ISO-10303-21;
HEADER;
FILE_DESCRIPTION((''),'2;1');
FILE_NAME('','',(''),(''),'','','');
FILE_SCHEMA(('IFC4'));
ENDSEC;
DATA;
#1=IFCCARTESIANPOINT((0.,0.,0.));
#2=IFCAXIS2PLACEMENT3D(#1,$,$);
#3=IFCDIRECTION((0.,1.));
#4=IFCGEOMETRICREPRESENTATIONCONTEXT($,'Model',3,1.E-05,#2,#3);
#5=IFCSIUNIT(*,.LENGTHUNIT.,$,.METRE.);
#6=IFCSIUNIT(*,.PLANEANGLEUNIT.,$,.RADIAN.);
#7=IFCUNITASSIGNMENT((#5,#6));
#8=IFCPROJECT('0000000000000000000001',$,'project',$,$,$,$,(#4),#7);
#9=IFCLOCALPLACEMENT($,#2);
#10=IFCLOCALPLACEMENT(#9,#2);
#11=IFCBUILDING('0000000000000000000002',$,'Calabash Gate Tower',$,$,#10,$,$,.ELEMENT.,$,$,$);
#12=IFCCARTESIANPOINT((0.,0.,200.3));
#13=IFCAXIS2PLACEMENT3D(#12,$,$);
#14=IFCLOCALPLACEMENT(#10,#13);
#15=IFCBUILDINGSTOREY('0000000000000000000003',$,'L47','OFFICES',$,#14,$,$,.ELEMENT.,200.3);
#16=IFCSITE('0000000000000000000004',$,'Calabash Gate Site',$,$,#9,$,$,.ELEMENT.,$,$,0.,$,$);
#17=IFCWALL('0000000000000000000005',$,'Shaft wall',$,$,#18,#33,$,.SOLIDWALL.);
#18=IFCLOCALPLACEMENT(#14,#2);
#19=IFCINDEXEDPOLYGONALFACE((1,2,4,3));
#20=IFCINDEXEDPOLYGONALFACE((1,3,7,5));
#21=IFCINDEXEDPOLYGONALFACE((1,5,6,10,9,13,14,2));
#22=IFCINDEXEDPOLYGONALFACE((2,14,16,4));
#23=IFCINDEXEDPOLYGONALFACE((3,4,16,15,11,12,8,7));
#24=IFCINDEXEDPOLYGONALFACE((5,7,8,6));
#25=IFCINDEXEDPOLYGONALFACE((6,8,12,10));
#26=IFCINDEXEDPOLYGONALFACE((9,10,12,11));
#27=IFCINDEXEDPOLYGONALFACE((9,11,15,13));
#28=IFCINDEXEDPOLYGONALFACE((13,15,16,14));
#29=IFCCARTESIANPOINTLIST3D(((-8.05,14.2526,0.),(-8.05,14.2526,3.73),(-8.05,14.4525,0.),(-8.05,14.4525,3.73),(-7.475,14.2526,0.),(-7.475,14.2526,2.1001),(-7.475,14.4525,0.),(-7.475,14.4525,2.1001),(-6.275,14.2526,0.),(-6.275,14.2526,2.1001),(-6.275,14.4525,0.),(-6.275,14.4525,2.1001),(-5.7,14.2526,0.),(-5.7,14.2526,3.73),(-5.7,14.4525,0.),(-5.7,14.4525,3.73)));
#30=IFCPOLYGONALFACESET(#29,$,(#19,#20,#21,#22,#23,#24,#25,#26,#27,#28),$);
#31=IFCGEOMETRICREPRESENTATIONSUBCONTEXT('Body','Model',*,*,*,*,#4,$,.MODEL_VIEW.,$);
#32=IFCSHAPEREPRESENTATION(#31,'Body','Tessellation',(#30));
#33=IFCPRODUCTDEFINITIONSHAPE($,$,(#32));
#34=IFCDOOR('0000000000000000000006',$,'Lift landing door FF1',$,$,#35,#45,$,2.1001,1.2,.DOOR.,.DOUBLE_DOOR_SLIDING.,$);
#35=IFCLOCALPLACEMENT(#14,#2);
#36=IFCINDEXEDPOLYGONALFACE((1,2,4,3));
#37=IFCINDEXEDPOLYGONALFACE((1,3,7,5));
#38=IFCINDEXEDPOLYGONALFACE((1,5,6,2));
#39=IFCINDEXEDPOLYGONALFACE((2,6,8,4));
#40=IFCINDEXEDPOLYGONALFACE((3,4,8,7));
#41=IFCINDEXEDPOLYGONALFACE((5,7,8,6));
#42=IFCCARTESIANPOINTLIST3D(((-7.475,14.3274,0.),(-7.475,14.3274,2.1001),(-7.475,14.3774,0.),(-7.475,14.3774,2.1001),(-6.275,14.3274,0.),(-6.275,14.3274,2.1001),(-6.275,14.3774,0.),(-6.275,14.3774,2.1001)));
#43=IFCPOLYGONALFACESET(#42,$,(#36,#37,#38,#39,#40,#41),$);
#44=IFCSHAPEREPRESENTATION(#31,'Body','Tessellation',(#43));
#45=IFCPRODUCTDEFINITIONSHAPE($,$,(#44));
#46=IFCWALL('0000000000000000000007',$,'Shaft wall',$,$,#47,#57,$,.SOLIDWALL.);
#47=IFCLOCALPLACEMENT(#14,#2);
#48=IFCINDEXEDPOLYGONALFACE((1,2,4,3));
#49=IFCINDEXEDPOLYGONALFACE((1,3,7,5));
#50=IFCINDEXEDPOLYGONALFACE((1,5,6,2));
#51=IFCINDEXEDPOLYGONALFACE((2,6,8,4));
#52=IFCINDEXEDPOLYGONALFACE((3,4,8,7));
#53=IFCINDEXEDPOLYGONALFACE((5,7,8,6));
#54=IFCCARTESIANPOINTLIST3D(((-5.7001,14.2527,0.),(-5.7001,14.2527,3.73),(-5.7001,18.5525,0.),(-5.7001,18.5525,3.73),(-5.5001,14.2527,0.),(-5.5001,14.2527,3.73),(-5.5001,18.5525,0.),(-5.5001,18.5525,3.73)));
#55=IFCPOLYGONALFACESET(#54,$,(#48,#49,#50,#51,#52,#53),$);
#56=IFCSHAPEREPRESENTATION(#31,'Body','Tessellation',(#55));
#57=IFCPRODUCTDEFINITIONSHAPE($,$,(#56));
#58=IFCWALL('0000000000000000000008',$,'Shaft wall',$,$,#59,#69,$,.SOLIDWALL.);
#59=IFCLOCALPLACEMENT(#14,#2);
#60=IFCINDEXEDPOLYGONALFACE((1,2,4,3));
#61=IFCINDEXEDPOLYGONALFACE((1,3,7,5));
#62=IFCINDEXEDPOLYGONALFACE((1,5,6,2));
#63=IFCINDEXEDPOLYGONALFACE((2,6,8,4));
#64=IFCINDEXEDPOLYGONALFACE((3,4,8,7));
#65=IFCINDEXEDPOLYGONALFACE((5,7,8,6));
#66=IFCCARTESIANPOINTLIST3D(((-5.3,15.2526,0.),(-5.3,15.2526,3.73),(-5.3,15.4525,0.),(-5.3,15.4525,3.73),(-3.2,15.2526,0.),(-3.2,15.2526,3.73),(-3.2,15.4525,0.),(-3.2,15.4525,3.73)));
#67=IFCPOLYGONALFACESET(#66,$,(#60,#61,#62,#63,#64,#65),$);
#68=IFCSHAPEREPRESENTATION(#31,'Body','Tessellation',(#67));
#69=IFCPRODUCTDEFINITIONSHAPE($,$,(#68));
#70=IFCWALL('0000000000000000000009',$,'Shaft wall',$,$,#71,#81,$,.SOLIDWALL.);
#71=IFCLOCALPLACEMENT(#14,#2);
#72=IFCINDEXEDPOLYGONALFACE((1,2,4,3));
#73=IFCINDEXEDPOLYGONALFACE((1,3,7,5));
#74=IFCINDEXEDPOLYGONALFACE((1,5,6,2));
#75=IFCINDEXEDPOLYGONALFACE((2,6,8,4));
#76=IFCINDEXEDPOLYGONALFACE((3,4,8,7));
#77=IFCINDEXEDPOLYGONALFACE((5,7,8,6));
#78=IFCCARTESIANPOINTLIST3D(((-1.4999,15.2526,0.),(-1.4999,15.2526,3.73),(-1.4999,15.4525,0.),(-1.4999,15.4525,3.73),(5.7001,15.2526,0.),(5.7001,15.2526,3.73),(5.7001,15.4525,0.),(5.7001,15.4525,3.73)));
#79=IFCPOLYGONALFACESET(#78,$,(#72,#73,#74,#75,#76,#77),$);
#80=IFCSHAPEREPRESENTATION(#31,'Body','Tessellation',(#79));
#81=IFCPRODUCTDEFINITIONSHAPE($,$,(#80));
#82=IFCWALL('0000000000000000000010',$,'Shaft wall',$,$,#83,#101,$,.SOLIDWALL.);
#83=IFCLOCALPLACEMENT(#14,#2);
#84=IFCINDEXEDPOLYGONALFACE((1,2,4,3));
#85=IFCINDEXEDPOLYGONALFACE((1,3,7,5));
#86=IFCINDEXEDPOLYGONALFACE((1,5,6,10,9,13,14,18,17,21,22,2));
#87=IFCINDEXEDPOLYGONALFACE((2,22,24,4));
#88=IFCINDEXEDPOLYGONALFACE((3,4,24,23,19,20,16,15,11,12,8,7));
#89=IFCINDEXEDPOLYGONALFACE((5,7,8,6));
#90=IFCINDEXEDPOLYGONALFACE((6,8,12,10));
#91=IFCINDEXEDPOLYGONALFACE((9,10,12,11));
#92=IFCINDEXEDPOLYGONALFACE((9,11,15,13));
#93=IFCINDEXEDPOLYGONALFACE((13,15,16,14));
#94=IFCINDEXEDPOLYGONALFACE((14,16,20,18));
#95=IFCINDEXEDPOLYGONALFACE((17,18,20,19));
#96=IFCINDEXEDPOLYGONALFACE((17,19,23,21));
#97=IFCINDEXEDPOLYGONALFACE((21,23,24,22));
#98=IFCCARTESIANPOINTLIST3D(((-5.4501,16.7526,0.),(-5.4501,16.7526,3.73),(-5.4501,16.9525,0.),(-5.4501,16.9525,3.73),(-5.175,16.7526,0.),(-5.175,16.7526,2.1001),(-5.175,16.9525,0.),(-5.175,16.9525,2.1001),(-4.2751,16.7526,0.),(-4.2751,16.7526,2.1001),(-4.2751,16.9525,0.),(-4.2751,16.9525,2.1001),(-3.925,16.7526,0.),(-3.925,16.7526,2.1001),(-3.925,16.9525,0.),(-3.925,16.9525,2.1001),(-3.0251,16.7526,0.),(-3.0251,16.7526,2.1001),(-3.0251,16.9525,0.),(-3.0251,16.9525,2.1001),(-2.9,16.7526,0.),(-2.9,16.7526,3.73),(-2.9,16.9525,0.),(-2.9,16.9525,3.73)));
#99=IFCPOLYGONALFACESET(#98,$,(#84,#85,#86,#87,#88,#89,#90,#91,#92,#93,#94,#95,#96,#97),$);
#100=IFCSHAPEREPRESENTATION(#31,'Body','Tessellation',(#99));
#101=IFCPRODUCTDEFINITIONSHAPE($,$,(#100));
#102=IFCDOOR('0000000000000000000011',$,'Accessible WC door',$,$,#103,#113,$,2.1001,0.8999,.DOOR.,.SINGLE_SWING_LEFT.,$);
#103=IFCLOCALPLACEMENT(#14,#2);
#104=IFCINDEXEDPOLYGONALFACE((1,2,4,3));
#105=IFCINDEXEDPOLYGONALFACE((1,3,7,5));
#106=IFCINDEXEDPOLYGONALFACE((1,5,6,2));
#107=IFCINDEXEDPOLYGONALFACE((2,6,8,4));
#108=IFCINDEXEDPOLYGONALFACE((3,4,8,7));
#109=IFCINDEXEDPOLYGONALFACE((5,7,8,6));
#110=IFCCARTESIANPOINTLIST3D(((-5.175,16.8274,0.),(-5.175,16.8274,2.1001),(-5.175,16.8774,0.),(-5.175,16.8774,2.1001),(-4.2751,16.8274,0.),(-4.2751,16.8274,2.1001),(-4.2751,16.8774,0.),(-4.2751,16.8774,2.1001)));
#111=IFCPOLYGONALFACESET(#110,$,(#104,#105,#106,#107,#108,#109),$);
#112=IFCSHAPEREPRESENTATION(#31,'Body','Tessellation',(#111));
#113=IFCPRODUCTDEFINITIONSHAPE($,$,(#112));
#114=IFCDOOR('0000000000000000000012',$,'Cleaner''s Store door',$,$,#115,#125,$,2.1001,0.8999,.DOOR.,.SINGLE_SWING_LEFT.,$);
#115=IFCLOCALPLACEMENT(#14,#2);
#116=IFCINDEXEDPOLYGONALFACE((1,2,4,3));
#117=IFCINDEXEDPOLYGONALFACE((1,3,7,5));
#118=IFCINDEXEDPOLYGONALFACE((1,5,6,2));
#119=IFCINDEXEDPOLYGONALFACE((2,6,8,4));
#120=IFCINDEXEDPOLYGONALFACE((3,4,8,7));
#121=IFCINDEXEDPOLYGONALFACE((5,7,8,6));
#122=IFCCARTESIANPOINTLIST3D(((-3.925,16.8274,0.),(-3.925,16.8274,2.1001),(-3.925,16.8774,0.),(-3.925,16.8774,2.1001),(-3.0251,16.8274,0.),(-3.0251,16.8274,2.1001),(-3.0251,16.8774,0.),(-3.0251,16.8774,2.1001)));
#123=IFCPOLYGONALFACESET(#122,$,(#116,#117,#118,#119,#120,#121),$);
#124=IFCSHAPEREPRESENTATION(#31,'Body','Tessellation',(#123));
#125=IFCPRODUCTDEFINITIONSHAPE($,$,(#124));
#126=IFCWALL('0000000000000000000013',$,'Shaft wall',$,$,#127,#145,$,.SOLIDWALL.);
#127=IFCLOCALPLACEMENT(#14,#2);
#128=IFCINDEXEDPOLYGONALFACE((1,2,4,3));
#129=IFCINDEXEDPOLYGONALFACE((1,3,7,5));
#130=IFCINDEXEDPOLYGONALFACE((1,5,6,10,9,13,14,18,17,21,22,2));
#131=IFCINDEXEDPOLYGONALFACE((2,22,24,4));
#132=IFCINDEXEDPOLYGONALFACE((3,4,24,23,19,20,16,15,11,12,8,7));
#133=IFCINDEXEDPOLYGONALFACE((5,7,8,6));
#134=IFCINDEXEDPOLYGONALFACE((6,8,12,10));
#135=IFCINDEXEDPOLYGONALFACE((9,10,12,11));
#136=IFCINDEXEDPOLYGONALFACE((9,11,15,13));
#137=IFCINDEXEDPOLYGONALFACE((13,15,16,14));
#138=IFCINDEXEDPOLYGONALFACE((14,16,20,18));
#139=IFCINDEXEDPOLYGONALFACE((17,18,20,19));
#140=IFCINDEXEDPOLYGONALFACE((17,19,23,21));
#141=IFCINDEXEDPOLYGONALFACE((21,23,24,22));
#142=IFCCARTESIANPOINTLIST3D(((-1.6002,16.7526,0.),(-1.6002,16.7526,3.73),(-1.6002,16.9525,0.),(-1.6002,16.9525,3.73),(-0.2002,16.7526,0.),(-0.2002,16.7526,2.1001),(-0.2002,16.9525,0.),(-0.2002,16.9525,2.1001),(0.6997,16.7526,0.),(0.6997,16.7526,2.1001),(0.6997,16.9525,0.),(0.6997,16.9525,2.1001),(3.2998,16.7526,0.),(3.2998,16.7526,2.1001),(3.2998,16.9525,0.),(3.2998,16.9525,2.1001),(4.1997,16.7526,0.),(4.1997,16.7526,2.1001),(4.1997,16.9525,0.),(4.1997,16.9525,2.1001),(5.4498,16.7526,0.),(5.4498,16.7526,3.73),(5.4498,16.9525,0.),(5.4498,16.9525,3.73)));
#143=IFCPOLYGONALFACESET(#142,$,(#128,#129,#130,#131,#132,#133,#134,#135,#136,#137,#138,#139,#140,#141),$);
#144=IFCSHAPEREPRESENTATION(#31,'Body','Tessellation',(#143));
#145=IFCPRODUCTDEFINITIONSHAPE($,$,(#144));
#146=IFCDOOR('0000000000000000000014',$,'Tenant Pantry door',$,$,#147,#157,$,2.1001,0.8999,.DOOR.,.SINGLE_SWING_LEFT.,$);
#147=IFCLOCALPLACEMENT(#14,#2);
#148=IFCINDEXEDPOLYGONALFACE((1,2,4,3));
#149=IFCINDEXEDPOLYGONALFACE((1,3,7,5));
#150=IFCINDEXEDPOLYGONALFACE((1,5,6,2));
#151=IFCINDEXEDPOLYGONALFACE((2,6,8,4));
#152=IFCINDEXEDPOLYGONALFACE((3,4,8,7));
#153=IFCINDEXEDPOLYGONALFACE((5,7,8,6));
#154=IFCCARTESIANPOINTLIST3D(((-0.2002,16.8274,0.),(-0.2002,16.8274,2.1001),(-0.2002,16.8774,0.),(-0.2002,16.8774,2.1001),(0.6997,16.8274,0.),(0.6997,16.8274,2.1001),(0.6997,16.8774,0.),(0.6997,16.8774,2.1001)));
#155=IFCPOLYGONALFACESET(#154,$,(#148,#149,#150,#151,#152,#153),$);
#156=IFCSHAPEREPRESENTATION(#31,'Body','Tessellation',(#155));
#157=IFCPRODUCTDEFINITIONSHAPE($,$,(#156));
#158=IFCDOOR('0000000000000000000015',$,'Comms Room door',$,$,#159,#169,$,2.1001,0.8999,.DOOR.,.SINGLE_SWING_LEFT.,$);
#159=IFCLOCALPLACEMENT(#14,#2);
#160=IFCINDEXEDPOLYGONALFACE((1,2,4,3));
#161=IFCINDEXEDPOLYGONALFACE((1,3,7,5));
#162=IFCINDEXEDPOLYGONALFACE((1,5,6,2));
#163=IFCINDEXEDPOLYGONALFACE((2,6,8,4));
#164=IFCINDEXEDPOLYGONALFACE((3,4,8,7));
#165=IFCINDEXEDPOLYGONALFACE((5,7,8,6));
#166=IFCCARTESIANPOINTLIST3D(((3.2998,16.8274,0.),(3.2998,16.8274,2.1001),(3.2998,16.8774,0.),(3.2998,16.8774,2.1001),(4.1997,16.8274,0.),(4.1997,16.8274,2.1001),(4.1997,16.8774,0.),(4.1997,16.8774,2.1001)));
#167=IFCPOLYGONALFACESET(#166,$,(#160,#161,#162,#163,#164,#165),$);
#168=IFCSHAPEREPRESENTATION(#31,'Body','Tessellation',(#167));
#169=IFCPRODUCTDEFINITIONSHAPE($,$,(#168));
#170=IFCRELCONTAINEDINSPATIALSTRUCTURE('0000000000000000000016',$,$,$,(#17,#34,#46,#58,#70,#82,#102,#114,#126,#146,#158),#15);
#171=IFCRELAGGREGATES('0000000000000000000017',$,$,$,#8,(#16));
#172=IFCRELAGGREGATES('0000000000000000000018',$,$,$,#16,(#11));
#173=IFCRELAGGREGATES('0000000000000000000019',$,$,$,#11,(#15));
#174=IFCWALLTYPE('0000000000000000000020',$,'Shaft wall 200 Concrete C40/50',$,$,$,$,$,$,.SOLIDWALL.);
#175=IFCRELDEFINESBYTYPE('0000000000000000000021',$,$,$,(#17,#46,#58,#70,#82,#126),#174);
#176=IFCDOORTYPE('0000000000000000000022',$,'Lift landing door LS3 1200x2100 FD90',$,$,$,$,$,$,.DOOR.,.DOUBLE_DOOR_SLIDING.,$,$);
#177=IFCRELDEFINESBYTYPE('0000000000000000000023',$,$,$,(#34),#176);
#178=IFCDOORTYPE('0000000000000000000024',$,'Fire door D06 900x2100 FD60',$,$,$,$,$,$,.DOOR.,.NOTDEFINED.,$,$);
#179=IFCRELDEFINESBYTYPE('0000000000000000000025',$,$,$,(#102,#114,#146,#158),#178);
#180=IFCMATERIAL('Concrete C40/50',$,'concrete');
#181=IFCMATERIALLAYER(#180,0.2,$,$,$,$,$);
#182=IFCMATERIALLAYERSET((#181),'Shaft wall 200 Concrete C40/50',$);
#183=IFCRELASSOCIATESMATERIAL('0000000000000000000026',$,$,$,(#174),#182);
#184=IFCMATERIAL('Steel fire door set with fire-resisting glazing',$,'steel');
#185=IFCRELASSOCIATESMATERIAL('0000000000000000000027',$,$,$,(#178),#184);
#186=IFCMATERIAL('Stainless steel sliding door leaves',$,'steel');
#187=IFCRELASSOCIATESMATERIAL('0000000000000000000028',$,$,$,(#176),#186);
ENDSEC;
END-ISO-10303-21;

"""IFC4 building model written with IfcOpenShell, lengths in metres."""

from ifc_helpers import new_model, si_unit, direction, frame, frame_2d, origin, place, context, subcontext, project, spatial, rectangle, extrude, material, layer, layer_set, type_object, element, fill, save


model = new_model("IFC4")

# Units and contexts
model_context = context("Model", 3, precision=1e-05, world=origin(), true_north=direction((0.0, 1.0)))
body_context = subcontext(model_context, "Body", "Model", "MODEL_VIEW")
ifc_project = project(units=[si_unit("LENGTHUNIT", "METRE"), si_unit("PLANEANGLEUNIT", "RADIAN")], contexts=[model_context])

# Site, building, storey
site_placement = place(None, origin())
site = spatial("IfcSite", under=ifc_project, at=site_placement, Name="Calabash Gate Site", CompositionType="ELEMENT", RefElevation=0.0)
building_placement = place(site_placement, origin())
building = spatial("IfcBuilding", under=site, at=building_placement, Name="Calabash Gate Tower", CompositionType="ELEMENT")
storey_placement = place(building_placement, frame((0.0, 0.0, 200.3)))
storey = spatial("IfcBuildingStorey", under=building, at=storey_placement, Name="L47", Description="OFFICES", CompositionType="ELEMENT", Elevation=200.3)

# Shared definitions
ifc_material_1 = material(Name="Concrete C40/50", Category="concrete")
ifc_layer_1 = layer(ifc_material_1, 0.2)
ifc_layer_set_1 = layer_set([ifc_layer_1], Name="Shaft wall 200 Concrete C40/50")
wall_type_1 = type_object("IfcWallType", Name="Shaft wall 200 Concrete C40/50", PredefinedType="SOLIDWALL", material=ifc_layer_set_1)
ifc_material_2 = material(Name="Steel fire door set with fire-resisting glazing", Category="steel")
door_type_1 = type_object("IfcDoorType", Name="Fire door D06 900x2100 FD60", OperationType="NOTDEFINED", PredefinedType="DOOR", material=ifc_material_2)

# Wall, opening, door
wall_1_placement = place(storey_placement, frame((-8.05, 14.3525, 0.0), z_axis=(0.0, 0.0, 1.0), x_axis=(1.0, 0.0, 0.0)))
wall_1 = element("IfcWall", 1, at=wall_1_placement, inside=storey, type_object=wall_type_1, Name="Shaft wall", PredefinedType="SOLIDWALL", context=body_context, shape_type="SweptSolid", body=[
    extrude(rectangle(XDim=2.3501, YDim=0.2, at=frame_2d((1.175, 0.0))), origin(), (0.0, 0.0, 1.0), 3.73),
])
opening_1_placement = place(wall_1_placement, frame((0.575, 0.0, 0.0)))
opening_1 = element("IfcOpeningElement", 2, at=opening_1_placement, cuts=wall_1, PredefinedType="OPENING", context=body_context, shape_type="SweptSolid", body=[
    extrude(rectangle(XDim=1.2, YDim=2.1001, at=frame_2d((0.6001, 1.05))), frame((0.0, 0.1099, 0.0), z_axis=(0.0, -1.0, 0.0), x_axis=(1.0, 0.0, 0.0)), (0.0, 0.0, 1.0), 0.22),
])
ifc_material_3 = material(Name="Stainless steel sliding door leaves", Category="steel")
door_type_2 = type_object("IfcDoorType", Name="Lift landing door LS3 1200x2100 FD90", OperationType="DOUBLE_DOOR_SLIDING", PredefinedType="DOOR", material=ifc_material_3)
door_1_placement = place(opening_1_placement, origin())
door_1 = element("IfcDoor", 3, at=door_1_placement, inside=storey, type_object=door_type_2, Name="Lift landing door FF1", OperationType="DOUBLE_DOOR_SLIDING", OverallHeight=2.1001, OverallWidth=1.2, PredefinedType="DOOR", context=body_context, shape_type="SweptSolid", body=[
    extrude(rectangle(XDim=1.2, YDim=2.1001, at=frame_2d((0.6001, 1.05))), frame((0.0, 0.0249, 0.0), z_axis=(0.0, -1.0, 0.0), x_axis=(1.0, 0.0, 0.0)), (0.0, 0.0, 1.0), 0.05),
])
fill(opening_1, door_1)

# Walls
wall_2_placement = place(storey_placement, frame((-5.6001, 14.2527, 0.0), z_axis=(0.0, 0.0, 1.0), x_axis=(0.0, 1.0, 0.0)))
element("IfcWall", 4, at=wall_2_placement, inside=storey, type_object=wall_type_1, Name="Shaft wall", PredefinedType="SOLIDWALL", context=body_context, shape_type="SweptSolid", body=[
    extrude(rectangle(XDim=4.2998, YDim=0.2, at=frame_2d((2.1499, 0.0))), origin(), (0.0, 0.0, 1.0), 3.73),
])
wall_3_placement = place(storey_placement, frame((-5.3, 15.3525, 0.0), z_axis=(0.0, 0.0, 1.0), x_axis=(1.0, 0.0, 0.0)))
element("IfcWall", 5, at=wall_3_placement, inside=storey, type_object=wall_type_1, Name="Shaft wall", PredefinedType="SOLIDWALL", context=body_context, shape_type="SweptSolid", body=[
    extrude(rectangle(XDim=2.1001, YDim=0.2, at=frame_2d((1.05, 0.0))), origin(), (0.0, 0.0, 1.0), 3.73),
])
wall_4_placement = place(storey_placement, frame((-1.5, 15.3525, 0.0), z_axis=(0.0, 0.0, 1.0), x_axis=(1.0, 0.0, 0.0)))
element("IfcWall", 6, at=wall_4_placement, inside=storey, type_object=wall_type_1, Name="Shaft wall", PredefinedType="SOLIDWALL", context=body_context, shape_type="SweptSolid", body=[
    extrude(rectangle(XDim=7.2, YDim=0.2, at=frame_2d((3.6001, 0.0))), origin(), (0.0, 0.0, 1.0), 3.73),
])

# Walls, openings, doors
wall_5_placement = place(storey_placement, frame((-5.45, 16.8525, 0.0), z_axis=(0.0, 0.0, 1.0), x_axis=(1.0, 0.0, 0.0)))
wall_5 = element("IfcWall", 7, at=wall_5_placement, inside=storey, type_object=wall_type_1, Name="Shaft wall", PredefinedType="SOLIDWALL", context=body_context, shape_type="SweptSolid", body=[
    extrude(rectangle(XDim=2.55, YDim=0.2, at=frame_2d((1.2749, 0.0))), origin(), (0.0, 0.0, 1.0), 3.73),
])
opening_2_placement = place(wall_5_placement, frame((0.2749, 0.0, 0.0)))
opening_2 = element("IfcOpeningElement", 8, at=opening_2_placement, cuts=wall_5, PredefinedType="OPENING", context=body_context, shape_type="SweptSolid", body=[
    extrude(rectangle(XDim=0.8999, YDim=2.1001, at=frame_2d((0.45, 1.05))), frame((0.0, 0.1099, 0.0), z_axis=(0.0, -1.0, 0.0), x_axis=(1.0, 0.0, 0.0)), (0.0, 0.0, 1.0), 0.22),
])
opening_3_placement = place(wall_5_placement, frame((1.5249, 0.0, 0.0)))
opening_3 = element("IfcOpeningElement", 9, at=opening_3_placement, cuts=wall_5, PredefinedType="OPENING", context=body_context, shape_type="SweptSolid", body=[
    extrude(rectangle(XDim=0.8999, YDim=2.1001, at=frame_2d((0.45, 1.05))), frame((0.0, 0.1099, 0.0), z_axis=(0.0, -1.0, 0.0), x_axis=(1.0, 0.0, 0.0)), (0.0, 0.0, 1.0), 0.22),
])
door_2_placement = place(opening_2_placement, origin())
door_2 = element("IfcDoor", 10, at=door_2_placement, inside=storey, type_object=door_type_1, Name="Accessible WC door", OperationType="SINGLE_SWING_LEFT", OverallHeight=2.1001, OverallWidth=0.8999, PredefinedType="DOOR", context=body_context, shape_type="SweptSolid", body=[
    extrude(rectangle(XDim=0.8999, YDim=2.1001, at=frame_2d((0.45, 1.05))), frame((0.0, 0.0249, 0.0), z_axis=(0.0, -1.0, 0.0), x_axis=(1.0, 0.0, 0.0)), (0.0, 0.0, 1.0), 0.05),
])
fill(opening_2, door_2)
door_3_placement = place(opening_3_placement, origin())
door_3 = element("IfcDoor", 11, at=door_3_placement, inside=storey, type_object=door_type_1, Name="Cleaner's Store door", OperationType="SINGLE_SWING_LEFT", OverallHeight=2.1001, OverallWidth=0.8999, PredefinedType="DOOR", context=body_context, shape_type="SweptSolid", body=[
    extrude(rectangle(XDim=0.8999, YDim=2.1001, at=frame_2d((0.45, 1.05))), frame((0.0, 0.0249, 0.0), z_axis=(0.0, -1.0, 0.0), x_axis=(1.0, 0.0, 0.0)), (0.0, 0.0, 1.0), 0.05),
])
fill(opening_3, door_3)
wall_6_placement = place(storey_placement, frame((-1.6001, 16.8525, 0.0), z_axis=(0.0, 0.0, 1.0), x_axis=(1.0, 0.0, 0.0)))
wall_6 = element("IfcWall", 12, at=wall_6_placement, inside=storey, type_object=wall_type_1, Name="Shaft wall", PredefinedType="SOLIDWALL", context=body_context, shape_type="SweptSolid", body=[
    extrude(rectangle(XDim=7.05, YDim=0.2, at=frame_2d((3.5249, 0.0))), origin(), (0.0, 0.0, 1.0), 3.73),
])
opening_4_placement = place(wall_6_placement, frame((1.3999, 0.0, 0.0)))
opening_4 = element("IfcOpeningElement", 13, at=opening_4_placement, cuts=wall_6, PredefinedType="OPENING", context=body_context, shape_type="SweptSolid", body=[
    extrude(rectangle(XDim=0.8999, YDim=2.1001, at=frame_2d((0.45, 1.05))), frame((0.0, 0.1099, 0.0), z_axis=(0.0, -1.0, 0.0), x_axis=(1.0, 0.0, 0.0)), (0.0, 0.0, 1.0), 0.22),
])
opening_5_placement = place(wall_6_placement, frame((4.8999, 0.0, 0.0)))
opening_5 = element("IfcOpeningElement", 14, at=opening_5_placement, cuts=wall_6, PredefinedType="OPENING", context=body_context, shape_type="SweptSolid", body=[
    extrude(rectangle(XDim=0.8999, YDim=2.1001, at=frame_2d((0.45, 1.05))), frame((0.0, 0.1099, 0.0), z_axis=(0.0, -1.0, 0.0), x_axis=(1.0, 0.0, 0.0)), (0.0, 0.0, 1.0), 0.22),
])
door_4_placement = place(opening_4_placement, origin())
door_4 = element("IfcDoor", 15, at=door_4_placement, inside=storey, type_object=door_type_1, Name="Tenant Pantry door", OperationType="SINGLE_SWING_LEFT", OverallHeight=2.1001, OverallWidth=0.8999, PredefinedType="DOOR", context=body_context, shape_type="SweptSolid", body=[
    extrude(rectangle(XDim=0.8999, YDim=2.1001, at=frame_2d((0.45, 1.05))), frame((0.0, 0.0249, 0.0), z_axis=(0.0, -1.0, 0.0), x_axis=(1.0, 0.0, 0.0)), (0.0, 0.0, 1.0), 0.05),
])
fill(opening_4, door_4)
door_5_placement = place(opening_5_placement, origin())
door_5 = element("IfcDoor", 16, at=door_5_placement, inside=storey, type_object=door_type_1, Name="Comms Room door", OperationType="SINGLE_SWING_LEFT", OverallHeight=2.1001, OverallWidth=0.8999, PredefinedType="DOOR", context=body_context, shape_type="SweptSolid", body=[
    extrude(rectangle(XDim=0.8999, YDim=2.1001, at=frame_2d((0.45, 1.05))), frame((0.0, 0.0249, 0.0), z_axis=(0.0, -1.0, 0.0), x_axis=(1.0, 0.0, 0.0)), (0.0, 0.0, 1.0), 0.05),
])
fill(opening_5, door_5)

save(model, "model.ifc")
